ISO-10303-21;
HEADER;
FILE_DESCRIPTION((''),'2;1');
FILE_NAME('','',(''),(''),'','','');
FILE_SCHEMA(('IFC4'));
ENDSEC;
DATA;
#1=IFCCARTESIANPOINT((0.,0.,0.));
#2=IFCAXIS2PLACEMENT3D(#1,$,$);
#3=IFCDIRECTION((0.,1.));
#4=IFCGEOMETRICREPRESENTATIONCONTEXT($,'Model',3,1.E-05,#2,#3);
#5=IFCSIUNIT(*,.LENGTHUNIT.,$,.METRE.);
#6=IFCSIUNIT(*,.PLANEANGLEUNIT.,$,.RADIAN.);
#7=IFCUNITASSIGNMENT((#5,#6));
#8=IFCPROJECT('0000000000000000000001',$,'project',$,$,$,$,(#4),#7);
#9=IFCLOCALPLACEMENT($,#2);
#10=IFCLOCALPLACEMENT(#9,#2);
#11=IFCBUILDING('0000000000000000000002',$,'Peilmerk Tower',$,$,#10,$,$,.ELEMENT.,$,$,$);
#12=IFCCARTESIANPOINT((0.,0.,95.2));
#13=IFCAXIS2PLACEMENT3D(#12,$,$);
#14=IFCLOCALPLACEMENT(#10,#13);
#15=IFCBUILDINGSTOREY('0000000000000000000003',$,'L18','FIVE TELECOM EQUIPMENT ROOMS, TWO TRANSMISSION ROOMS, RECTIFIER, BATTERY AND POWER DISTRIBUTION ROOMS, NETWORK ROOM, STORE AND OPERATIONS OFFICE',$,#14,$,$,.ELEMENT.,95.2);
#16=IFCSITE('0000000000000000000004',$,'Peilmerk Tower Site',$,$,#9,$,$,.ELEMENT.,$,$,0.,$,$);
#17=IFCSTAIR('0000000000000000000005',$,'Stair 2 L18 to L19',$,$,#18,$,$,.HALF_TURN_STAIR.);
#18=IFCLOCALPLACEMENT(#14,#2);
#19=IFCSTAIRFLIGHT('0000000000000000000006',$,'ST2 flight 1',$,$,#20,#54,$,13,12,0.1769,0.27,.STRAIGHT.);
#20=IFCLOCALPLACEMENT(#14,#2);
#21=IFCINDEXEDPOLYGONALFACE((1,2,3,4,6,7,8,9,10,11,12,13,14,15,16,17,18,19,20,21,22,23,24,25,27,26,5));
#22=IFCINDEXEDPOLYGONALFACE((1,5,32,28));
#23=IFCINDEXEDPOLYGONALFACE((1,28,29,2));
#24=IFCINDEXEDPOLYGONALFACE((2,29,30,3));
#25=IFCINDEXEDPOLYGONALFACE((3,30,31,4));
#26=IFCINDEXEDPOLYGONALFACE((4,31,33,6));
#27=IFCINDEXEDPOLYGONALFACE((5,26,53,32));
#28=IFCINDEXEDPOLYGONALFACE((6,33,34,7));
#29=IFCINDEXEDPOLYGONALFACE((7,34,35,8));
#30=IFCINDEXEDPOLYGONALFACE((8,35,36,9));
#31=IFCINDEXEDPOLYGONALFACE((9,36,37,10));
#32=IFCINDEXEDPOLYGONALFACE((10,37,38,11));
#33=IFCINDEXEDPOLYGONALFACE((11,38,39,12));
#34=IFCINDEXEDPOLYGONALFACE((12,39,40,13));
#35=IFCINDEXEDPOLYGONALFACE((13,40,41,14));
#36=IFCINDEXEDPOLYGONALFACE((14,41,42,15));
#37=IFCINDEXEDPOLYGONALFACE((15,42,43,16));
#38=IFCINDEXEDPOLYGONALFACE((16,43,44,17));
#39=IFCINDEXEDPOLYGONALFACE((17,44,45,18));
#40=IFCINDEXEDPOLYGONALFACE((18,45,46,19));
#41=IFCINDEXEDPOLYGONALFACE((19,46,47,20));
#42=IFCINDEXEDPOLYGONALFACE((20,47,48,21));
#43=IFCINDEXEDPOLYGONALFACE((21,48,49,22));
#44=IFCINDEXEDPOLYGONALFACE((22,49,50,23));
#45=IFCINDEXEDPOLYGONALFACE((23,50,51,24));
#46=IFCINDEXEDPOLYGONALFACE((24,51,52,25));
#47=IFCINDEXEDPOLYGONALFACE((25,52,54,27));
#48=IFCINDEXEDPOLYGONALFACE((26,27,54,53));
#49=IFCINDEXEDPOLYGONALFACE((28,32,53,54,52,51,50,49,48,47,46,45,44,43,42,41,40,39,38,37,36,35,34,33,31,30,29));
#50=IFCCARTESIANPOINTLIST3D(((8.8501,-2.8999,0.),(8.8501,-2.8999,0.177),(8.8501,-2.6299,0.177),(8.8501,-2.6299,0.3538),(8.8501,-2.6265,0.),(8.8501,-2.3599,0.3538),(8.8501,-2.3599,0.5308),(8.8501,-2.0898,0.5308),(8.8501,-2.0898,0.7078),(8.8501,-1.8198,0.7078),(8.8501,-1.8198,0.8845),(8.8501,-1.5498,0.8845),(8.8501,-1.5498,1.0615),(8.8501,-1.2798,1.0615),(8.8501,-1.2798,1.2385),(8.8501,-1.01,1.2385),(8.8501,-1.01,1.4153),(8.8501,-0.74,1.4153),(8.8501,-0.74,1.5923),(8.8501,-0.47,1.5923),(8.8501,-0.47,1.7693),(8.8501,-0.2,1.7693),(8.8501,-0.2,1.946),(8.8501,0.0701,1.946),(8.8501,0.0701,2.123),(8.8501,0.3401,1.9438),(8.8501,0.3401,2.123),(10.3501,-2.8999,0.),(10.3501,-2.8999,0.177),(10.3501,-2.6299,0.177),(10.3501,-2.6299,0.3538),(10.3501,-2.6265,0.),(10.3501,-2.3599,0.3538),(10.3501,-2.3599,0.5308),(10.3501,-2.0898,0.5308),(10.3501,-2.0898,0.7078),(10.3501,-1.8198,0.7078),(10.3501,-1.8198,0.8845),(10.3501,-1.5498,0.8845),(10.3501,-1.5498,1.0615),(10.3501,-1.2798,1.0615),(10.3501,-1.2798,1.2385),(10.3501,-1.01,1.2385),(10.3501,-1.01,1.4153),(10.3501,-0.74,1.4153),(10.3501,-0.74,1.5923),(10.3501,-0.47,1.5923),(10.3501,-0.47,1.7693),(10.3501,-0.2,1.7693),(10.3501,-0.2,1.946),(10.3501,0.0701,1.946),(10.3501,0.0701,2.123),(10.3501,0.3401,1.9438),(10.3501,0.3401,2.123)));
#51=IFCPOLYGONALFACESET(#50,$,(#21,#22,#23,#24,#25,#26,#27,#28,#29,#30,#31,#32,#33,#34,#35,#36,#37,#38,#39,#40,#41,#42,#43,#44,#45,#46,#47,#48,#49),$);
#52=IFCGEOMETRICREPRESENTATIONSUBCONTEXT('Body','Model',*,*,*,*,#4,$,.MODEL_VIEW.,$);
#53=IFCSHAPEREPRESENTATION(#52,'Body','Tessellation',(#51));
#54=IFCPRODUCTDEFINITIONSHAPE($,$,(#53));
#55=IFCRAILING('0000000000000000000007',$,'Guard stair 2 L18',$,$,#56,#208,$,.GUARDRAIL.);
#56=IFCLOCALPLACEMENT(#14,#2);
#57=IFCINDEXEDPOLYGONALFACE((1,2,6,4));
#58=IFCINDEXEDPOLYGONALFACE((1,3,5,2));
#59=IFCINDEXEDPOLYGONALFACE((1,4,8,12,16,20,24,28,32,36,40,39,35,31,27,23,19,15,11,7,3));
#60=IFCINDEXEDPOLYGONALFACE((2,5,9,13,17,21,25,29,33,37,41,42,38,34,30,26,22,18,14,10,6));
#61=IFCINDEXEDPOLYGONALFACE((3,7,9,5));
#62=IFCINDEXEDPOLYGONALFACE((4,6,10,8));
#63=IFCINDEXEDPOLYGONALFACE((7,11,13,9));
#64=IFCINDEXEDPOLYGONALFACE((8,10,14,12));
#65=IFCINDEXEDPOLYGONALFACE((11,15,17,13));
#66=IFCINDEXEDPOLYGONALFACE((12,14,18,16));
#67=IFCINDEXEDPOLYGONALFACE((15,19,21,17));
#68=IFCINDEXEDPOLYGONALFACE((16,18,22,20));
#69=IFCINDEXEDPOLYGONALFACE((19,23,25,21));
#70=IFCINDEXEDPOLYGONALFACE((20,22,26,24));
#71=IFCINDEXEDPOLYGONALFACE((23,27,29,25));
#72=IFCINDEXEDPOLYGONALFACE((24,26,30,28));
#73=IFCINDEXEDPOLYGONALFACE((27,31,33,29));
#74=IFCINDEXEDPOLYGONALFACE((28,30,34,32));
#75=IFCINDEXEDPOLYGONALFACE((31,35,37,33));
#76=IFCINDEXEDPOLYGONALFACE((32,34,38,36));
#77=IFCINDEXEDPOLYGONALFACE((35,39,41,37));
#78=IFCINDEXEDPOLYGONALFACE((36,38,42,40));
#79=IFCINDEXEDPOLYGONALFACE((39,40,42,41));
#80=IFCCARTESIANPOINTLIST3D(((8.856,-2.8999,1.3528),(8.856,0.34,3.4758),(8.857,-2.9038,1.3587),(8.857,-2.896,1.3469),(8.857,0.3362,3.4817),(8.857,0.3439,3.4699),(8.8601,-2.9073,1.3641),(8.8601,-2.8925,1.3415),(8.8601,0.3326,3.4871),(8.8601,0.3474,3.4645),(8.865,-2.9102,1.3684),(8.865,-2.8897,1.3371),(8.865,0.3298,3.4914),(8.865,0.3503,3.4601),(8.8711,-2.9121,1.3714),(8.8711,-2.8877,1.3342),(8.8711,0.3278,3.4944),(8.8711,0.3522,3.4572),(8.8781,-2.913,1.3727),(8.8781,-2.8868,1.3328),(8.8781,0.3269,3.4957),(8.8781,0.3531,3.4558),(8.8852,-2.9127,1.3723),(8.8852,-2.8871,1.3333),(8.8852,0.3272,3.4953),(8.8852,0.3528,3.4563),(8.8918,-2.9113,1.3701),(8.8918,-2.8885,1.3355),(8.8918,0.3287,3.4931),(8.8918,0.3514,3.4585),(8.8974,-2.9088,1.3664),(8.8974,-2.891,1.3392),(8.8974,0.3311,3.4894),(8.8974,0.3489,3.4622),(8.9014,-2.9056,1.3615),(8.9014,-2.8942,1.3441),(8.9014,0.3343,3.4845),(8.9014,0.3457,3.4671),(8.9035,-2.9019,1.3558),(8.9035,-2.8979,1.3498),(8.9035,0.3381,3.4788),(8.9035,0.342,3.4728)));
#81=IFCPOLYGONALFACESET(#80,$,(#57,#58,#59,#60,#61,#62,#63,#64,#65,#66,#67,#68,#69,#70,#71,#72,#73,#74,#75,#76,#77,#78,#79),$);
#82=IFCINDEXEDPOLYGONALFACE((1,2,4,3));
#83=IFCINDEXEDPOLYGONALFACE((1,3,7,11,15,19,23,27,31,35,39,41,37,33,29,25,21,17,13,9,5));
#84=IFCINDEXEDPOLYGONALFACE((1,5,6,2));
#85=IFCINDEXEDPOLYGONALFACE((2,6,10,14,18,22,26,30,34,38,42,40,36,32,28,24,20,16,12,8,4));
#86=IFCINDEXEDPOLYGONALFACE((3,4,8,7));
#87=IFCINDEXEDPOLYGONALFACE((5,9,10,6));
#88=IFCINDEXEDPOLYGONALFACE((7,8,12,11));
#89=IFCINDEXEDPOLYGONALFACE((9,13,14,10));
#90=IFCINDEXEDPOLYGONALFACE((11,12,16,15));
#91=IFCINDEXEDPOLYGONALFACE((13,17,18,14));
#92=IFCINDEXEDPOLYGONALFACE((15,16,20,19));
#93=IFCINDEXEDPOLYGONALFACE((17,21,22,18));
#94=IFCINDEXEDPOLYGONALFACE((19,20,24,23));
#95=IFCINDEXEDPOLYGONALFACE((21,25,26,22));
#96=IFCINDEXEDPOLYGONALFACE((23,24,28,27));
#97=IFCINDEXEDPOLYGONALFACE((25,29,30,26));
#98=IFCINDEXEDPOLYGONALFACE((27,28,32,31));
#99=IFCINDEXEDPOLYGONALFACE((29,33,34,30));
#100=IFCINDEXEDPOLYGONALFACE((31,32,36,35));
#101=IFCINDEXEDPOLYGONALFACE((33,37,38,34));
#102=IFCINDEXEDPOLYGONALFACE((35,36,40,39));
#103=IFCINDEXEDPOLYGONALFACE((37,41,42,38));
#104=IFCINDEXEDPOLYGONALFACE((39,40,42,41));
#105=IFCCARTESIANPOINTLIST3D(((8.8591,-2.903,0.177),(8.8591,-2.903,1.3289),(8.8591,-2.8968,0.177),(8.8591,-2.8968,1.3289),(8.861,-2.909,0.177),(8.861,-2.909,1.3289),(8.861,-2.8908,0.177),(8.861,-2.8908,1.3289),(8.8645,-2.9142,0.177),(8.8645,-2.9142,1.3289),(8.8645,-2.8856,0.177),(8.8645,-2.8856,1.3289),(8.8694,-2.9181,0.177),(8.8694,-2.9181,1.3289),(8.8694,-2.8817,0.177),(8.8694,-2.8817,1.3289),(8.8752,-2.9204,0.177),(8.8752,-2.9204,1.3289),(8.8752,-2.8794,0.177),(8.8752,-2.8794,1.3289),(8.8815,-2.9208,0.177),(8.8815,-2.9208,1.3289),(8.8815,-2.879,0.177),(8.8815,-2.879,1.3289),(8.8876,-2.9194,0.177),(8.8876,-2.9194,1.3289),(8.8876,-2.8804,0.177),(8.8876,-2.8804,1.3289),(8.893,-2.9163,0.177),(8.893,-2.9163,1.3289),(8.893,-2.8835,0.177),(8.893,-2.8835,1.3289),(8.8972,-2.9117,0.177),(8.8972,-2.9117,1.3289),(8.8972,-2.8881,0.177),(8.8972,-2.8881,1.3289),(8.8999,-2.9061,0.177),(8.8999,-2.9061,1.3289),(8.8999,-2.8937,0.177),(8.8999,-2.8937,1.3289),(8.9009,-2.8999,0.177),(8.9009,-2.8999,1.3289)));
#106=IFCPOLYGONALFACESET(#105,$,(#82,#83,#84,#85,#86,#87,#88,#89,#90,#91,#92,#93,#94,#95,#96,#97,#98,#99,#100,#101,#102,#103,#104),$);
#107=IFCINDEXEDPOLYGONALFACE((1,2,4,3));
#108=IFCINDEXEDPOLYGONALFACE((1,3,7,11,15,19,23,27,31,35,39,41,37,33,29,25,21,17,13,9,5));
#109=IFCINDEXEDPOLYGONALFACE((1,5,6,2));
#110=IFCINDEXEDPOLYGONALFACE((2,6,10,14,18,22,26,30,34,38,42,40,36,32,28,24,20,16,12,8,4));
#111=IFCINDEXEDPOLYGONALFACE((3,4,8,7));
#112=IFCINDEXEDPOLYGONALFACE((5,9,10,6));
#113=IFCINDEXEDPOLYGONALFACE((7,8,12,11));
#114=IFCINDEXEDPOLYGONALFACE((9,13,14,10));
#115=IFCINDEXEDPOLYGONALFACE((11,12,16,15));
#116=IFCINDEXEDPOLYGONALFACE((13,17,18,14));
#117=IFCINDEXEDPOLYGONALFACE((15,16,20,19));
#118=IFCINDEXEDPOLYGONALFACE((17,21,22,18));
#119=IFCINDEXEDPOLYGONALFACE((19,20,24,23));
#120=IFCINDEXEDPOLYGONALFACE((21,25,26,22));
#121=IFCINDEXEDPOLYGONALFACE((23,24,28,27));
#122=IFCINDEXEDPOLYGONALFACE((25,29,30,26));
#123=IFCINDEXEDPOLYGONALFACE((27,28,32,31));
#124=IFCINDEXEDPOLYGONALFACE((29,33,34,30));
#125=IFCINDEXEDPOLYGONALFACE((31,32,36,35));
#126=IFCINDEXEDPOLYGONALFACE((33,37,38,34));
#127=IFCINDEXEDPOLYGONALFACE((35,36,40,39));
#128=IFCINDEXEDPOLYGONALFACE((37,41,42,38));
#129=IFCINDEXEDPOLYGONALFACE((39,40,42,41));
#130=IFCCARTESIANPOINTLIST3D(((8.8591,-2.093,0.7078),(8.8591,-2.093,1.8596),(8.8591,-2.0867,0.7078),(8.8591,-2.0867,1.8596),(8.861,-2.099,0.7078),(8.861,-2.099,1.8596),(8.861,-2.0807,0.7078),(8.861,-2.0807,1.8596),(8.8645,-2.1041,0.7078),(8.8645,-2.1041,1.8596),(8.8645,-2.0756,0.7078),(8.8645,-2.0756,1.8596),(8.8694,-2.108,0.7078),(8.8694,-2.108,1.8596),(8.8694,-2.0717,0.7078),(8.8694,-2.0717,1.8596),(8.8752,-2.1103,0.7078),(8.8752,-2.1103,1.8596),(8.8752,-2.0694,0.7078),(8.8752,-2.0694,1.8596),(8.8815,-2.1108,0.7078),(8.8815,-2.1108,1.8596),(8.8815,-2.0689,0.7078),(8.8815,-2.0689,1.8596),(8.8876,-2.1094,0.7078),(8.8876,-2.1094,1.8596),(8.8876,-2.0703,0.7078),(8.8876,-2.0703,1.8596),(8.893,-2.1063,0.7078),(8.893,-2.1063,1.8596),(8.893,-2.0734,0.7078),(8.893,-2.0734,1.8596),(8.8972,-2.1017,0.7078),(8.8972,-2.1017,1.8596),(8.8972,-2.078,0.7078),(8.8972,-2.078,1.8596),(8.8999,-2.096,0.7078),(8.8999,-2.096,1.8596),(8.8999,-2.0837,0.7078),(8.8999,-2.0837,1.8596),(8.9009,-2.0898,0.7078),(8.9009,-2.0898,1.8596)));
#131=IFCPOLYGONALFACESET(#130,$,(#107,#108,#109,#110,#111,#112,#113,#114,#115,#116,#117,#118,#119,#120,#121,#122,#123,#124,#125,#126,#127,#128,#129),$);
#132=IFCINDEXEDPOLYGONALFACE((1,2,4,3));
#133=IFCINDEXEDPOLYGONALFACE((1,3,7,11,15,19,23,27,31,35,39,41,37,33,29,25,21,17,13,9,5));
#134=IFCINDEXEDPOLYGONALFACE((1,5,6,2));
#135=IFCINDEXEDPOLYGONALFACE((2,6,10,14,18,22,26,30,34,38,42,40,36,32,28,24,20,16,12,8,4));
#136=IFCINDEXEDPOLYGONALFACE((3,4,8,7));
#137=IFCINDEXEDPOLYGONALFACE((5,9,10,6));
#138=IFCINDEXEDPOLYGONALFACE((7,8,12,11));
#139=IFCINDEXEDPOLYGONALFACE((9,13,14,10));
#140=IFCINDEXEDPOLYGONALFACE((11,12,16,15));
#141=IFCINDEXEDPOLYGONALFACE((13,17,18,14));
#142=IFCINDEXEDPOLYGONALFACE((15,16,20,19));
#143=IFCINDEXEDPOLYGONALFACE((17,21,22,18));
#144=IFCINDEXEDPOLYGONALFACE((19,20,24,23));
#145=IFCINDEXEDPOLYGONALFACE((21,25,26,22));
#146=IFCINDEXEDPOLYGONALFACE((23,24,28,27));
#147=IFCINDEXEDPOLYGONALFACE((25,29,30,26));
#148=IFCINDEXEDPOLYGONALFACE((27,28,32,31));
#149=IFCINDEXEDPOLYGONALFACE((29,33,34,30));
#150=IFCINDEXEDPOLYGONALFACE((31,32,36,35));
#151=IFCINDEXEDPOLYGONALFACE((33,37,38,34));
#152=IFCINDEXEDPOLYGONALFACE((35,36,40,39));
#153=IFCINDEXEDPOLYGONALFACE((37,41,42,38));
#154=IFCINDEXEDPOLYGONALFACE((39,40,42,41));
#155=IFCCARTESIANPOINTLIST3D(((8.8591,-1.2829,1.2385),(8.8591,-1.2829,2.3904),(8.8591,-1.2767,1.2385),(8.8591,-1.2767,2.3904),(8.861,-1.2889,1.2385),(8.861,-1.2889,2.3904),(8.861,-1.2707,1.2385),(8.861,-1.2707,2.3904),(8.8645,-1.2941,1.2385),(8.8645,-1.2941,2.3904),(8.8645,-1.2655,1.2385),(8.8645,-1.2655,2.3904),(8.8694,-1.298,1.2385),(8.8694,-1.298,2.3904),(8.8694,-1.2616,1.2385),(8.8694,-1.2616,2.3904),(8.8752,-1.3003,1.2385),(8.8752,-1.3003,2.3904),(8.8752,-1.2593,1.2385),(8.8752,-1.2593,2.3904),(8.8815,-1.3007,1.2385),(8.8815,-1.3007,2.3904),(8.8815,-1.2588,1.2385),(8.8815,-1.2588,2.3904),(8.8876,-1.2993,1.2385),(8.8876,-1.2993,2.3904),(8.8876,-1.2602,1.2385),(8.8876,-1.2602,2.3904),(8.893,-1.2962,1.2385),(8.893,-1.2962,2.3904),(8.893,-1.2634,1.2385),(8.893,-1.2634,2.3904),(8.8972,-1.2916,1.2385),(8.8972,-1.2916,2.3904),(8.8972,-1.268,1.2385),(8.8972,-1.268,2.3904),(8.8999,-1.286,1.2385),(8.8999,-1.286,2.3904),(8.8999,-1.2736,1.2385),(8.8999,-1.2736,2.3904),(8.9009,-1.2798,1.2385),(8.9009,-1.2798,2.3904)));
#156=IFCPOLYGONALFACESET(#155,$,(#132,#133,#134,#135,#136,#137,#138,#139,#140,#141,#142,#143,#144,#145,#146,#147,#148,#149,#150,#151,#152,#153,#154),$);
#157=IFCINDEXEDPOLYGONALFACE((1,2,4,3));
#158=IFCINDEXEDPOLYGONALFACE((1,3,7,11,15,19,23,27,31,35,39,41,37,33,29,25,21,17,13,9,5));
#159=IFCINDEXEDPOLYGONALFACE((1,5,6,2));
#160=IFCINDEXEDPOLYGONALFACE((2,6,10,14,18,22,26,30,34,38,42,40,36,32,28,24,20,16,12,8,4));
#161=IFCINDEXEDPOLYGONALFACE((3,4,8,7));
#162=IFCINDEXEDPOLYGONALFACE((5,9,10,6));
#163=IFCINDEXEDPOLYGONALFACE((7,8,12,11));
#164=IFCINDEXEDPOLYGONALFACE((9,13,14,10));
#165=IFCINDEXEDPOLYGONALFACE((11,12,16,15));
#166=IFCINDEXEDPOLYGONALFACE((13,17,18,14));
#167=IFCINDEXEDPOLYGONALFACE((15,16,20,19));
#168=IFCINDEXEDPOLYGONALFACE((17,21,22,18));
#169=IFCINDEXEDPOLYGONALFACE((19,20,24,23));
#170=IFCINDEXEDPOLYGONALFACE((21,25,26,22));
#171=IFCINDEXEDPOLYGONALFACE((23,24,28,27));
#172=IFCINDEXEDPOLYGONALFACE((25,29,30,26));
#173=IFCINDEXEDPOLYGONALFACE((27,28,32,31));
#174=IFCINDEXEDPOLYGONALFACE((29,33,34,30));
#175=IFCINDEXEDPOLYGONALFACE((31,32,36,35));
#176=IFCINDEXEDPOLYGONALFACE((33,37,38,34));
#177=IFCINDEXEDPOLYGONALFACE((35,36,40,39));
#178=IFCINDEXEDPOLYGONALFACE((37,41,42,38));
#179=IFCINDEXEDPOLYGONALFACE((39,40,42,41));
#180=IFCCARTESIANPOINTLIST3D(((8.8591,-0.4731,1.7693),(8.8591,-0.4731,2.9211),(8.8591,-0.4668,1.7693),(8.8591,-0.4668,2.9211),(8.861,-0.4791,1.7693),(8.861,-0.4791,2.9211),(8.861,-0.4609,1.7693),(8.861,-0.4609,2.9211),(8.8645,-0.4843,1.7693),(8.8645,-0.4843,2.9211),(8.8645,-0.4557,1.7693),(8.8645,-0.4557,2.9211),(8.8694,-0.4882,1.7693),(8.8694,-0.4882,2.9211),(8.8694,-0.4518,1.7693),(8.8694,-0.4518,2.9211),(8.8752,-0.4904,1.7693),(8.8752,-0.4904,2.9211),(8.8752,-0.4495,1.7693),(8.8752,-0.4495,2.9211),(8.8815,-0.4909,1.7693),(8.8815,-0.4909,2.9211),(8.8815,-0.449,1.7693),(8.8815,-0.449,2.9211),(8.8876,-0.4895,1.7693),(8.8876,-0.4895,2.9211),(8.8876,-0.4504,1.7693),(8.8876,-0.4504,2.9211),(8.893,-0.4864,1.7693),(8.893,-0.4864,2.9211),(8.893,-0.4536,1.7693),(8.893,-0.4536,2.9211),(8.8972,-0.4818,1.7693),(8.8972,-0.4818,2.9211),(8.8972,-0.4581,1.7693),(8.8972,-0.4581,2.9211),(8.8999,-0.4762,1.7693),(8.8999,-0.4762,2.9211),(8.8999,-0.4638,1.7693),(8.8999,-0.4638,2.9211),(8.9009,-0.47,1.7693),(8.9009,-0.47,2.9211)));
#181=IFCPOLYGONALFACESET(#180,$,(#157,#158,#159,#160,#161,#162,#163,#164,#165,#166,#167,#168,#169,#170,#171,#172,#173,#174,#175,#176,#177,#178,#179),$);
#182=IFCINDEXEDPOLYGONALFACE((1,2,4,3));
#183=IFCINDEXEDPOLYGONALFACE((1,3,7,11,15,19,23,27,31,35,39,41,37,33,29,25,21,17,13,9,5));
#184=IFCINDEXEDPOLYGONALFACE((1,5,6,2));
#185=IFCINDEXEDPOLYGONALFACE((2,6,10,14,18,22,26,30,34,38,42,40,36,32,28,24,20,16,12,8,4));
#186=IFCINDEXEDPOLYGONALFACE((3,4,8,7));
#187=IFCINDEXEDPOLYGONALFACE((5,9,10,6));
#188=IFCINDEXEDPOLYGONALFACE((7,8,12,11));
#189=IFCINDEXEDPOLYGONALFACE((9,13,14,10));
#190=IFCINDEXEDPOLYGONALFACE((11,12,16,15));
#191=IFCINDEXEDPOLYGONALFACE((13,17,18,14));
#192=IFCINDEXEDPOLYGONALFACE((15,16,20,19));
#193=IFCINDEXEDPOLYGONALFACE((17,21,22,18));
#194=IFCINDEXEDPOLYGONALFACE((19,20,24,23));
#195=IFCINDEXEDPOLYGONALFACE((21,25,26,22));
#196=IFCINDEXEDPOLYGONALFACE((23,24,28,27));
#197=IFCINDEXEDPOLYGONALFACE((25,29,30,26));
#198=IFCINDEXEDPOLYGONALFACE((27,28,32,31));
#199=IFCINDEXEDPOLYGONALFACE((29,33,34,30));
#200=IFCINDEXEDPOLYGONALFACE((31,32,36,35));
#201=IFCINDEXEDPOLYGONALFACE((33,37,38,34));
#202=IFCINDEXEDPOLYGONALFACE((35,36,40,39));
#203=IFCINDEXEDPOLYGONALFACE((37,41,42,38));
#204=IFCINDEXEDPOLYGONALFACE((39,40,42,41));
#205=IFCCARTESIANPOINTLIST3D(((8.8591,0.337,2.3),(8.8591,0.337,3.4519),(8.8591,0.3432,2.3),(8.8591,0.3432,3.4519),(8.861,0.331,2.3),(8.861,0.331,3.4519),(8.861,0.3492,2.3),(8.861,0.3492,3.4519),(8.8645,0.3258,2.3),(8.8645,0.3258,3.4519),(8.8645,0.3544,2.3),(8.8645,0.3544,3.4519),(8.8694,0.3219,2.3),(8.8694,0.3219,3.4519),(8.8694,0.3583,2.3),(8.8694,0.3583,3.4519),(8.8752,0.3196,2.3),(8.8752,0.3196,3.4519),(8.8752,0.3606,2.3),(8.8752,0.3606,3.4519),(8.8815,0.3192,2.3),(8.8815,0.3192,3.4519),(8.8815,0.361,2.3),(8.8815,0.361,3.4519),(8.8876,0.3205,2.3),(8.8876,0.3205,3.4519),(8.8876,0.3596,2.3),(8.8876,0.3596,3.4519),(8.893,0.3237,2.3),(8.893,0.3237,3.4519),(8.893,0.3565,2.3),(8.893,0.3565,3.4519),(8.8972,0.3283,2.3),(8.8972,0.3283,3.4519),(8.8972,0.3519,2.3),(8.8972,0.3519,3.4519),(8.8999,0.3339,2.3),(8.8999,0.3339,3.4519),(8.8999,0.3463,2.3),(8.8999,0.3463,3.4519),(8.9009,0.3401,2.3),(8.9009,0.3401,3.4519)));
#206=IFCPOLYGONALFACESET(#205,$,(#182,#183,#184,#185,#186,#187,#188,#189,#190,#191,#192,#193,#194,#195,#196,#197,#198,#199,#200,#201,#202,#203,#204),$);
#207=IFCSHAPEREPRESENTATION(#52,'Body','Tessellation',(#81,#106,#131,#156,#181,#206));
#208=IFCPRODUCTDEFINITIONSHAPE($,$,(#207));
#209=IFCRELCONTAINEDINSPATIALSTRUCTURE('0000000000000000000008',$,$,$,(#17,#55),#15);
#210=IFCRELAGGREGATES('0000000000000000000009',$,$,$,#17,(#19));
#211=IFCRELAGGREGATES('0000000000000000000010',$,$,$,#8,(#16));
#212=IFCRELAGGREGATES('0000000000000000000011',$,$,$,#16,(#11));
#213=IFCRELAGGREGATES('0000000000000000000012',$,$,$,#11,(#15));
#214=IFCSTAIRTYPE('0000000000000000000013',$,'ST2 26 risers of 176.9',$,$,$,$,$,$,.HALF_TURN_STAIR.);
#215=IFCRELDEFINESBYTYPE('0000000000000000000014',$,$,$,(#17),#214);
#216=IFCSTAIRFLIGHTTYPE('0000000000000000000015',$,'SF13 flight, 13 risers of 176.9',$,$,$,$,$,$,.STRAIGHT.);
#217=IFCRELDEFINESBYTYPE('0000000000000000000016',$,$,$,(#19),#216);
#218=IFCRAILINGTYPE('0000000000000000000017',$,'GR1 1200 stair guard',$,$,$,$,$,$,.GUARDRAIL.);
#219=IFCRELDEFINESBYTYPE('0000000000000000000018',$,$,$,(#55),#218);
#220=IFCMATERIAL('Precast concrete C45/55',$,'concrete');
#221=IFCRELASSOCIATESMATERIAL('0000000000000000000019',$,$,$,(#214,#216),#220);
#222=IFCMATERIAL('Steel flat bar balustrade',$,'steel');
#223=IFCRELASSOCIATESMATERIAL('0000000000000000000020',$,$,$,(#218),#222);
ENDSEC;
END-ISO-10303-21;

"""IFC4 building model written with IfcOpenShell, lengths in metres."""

from ifc_helpers import new_model, si_unit, direction, frame, origin, origin_2d, place, context, subcontext, project, spatial, polyline, circle, outline, extrude, material, type_object, element, aggregate, save


model = new_model("IFC4")

# Units and contexts
model_context = context("Model", 3, precision=1e-05, world=origin(), true_north=direction((0.0, 1.0)))
body_context = subcontext(model_context, "Body", "Model", "MODEL_VIEW")
ifc_project = project(units=[si_unit("LENGTHUNIT", "METRE"), si_unit("PLANEANGLEUNIT", "RADIAN")], contexts=[model_context])

# Site, building, storey
site_placement = place(None, origin())
site = spatial("IfcSite", under=ifc_project, at=site_placement, Name="Peilmerk Tower Site", CompositionType="ELEMENT", RefElevation=0.0)
building_placement = place(site_placement, origin())
building = spatial("IfcBuilding", under=site, at=building_placement, Name="Peilmerk Tower", CompositionType="ELEMENT")
storey_placement = place(building_placement, frame((0.0, 0.0, 95.2)))
storey = spatial("IfcBuildingStorey", under=building, at=storey_placement, Name="L18", Description="FIVE TELECOM EQUIPMENT ROOMS, TWO TRANSMISSION ROOMS, RECTIFIER, BATTERY AND POWER DISTRIBUTION ROOMS, NETWORK ROOM, STORE AND OPERATIONS OFFICE", CompositionType="ELEMENT", Elevation=95.2)

# Stair, stair flight
ifc_material_1 = material(Name="Precast concrete C45/55", Category="concrete")
stair_type = type_object("IfcStairType", Name="ST2 26 risers of 176.9", PredefinedType="HALF_TURN_STAIR", material=ifc_material_1)
stair_placement = place(storey_placement, origin())
stair = element("IfcStair", 1, at=stair_placement, inside=storey, type_object=stair_type, Name="Stair 2 L18 to L19", PredefinedType="HALF_TURN_STAIR")
stair_flight_type = type_object("IfcStairFlightType", Name="SF13 flight, 13 risers of 176.9", PredefinedType="STRAIGHT", material=ifc_material_1)
stair_flight_placement = place(storey_placement, frame((9.6001, -2.8999, 0.0), z_axis=(0.0, 0.0, 1.0), x_axis=(0.0, 1.0, 0.0)))
stair_flight = element("IfcStairFlight", 2, at=stair_flight_placement, type_object=stair_flight_type, Name="ST2 flight 1", NumberOfRisers=13, NumberOfTreads=12, PredefinedType="STRAIGHT", RiserHeight=0.1769, TreadLength=0.27, context=body_context, shape_type="SweptSolid", body=[
    extrude(outline(polyline([(0.0, 0.0), (0.0, 0.177), (0.27, 0.177), (0.27, 0.3538), (0.54, 0.3538), (0.54, 0.5308), (0.8101, 0.5308), (0.8101, 0.7078), (1.0801, 0.7078), (1.0801, 0.8845), (1.3501, 0.8845), (1.3501, 1.0615), (1.6201, 1.0615), (1.6201, 1.2385), (1.8899, 1.2385), (1.8899, 1.4153), (2.1599, 1.4153), (2.1599, 1.5923), (2.4299, 1.5923), (2.4299, 1.7693), (2.7, 1.7693), (2.7, 1.946), (2.97, 1.946), (2.97, 2.123), (3.24, 2.123), (3.24, 2.3), (3.24, 1.9438), (0.2734, 0.0), (0.0, 0.0)])), frame((0.0, 0.75, 0.0), z_axis=(0.0, -1.0, 0.0), x_axis=(1.0, 0.0, 0.0)), (0.0, 0.0, 1.0), 1.5),
])
aggregate(stair, [stair_flight])

# Railing
ifc_material_2 = material(Name="Steel flat bar balustrade", Category="steel")
railing_type_1 = type_object("IfcRailingType", Name="GR1 1200 stair guard", PredefinedType="GUARDRAIL", material=ifc_material_2)
railing_1_placement = place(storey_placement, frame((8.8799, -2.8999, 0.177)))
element("IfcRailing", 3, at=railing_1_placement, inside=storey, type_object=railing_type_1, Name="Guard stair 2 L18", PredefinedType="GUARDRAIL", context=body_context, shape_type="SweptSolid", body=[
    extrude(circle(Radius=0.0239, at=origin_2d()), frame((0.0, 0.0, 1.1758), z_axis=(0.0, 0.836426, 0.548079), x_axis=(-1.0, 0.0, 0.0)), (0.0, 0.0, 1.0), 3.8735),
    extrude(circle(Radius=0.021, at=origin_2d()), origin(), (0.0, 0.0, 1.0), 1.1519),
    extrude(circle(Radius=0.021, at=origin_2d()), frame((0.0, 0.8101, 0.5308)), (0.0, 0.0, 1.0), 1.1519),
    extrude(circle(Radius=0.021, at=origin_2d()), frame((0.0, 1.6201, 1.0615)), (0.0, 0.0, 1.0), 1.1519),
    extrude(circle(Radius=0.021, at=origin_2d()), frame((0.0, 2.4299, 1.5923)), (0.0, 0.0, 1.0), 1.1519),
    extrude(circle(Radius=0.021, at=origin_2d()), frame((0.0, 3.24, 2.123)), (0.0, 0.0, 1.0), 1.1519),
])

save(model, "model.ifc")
